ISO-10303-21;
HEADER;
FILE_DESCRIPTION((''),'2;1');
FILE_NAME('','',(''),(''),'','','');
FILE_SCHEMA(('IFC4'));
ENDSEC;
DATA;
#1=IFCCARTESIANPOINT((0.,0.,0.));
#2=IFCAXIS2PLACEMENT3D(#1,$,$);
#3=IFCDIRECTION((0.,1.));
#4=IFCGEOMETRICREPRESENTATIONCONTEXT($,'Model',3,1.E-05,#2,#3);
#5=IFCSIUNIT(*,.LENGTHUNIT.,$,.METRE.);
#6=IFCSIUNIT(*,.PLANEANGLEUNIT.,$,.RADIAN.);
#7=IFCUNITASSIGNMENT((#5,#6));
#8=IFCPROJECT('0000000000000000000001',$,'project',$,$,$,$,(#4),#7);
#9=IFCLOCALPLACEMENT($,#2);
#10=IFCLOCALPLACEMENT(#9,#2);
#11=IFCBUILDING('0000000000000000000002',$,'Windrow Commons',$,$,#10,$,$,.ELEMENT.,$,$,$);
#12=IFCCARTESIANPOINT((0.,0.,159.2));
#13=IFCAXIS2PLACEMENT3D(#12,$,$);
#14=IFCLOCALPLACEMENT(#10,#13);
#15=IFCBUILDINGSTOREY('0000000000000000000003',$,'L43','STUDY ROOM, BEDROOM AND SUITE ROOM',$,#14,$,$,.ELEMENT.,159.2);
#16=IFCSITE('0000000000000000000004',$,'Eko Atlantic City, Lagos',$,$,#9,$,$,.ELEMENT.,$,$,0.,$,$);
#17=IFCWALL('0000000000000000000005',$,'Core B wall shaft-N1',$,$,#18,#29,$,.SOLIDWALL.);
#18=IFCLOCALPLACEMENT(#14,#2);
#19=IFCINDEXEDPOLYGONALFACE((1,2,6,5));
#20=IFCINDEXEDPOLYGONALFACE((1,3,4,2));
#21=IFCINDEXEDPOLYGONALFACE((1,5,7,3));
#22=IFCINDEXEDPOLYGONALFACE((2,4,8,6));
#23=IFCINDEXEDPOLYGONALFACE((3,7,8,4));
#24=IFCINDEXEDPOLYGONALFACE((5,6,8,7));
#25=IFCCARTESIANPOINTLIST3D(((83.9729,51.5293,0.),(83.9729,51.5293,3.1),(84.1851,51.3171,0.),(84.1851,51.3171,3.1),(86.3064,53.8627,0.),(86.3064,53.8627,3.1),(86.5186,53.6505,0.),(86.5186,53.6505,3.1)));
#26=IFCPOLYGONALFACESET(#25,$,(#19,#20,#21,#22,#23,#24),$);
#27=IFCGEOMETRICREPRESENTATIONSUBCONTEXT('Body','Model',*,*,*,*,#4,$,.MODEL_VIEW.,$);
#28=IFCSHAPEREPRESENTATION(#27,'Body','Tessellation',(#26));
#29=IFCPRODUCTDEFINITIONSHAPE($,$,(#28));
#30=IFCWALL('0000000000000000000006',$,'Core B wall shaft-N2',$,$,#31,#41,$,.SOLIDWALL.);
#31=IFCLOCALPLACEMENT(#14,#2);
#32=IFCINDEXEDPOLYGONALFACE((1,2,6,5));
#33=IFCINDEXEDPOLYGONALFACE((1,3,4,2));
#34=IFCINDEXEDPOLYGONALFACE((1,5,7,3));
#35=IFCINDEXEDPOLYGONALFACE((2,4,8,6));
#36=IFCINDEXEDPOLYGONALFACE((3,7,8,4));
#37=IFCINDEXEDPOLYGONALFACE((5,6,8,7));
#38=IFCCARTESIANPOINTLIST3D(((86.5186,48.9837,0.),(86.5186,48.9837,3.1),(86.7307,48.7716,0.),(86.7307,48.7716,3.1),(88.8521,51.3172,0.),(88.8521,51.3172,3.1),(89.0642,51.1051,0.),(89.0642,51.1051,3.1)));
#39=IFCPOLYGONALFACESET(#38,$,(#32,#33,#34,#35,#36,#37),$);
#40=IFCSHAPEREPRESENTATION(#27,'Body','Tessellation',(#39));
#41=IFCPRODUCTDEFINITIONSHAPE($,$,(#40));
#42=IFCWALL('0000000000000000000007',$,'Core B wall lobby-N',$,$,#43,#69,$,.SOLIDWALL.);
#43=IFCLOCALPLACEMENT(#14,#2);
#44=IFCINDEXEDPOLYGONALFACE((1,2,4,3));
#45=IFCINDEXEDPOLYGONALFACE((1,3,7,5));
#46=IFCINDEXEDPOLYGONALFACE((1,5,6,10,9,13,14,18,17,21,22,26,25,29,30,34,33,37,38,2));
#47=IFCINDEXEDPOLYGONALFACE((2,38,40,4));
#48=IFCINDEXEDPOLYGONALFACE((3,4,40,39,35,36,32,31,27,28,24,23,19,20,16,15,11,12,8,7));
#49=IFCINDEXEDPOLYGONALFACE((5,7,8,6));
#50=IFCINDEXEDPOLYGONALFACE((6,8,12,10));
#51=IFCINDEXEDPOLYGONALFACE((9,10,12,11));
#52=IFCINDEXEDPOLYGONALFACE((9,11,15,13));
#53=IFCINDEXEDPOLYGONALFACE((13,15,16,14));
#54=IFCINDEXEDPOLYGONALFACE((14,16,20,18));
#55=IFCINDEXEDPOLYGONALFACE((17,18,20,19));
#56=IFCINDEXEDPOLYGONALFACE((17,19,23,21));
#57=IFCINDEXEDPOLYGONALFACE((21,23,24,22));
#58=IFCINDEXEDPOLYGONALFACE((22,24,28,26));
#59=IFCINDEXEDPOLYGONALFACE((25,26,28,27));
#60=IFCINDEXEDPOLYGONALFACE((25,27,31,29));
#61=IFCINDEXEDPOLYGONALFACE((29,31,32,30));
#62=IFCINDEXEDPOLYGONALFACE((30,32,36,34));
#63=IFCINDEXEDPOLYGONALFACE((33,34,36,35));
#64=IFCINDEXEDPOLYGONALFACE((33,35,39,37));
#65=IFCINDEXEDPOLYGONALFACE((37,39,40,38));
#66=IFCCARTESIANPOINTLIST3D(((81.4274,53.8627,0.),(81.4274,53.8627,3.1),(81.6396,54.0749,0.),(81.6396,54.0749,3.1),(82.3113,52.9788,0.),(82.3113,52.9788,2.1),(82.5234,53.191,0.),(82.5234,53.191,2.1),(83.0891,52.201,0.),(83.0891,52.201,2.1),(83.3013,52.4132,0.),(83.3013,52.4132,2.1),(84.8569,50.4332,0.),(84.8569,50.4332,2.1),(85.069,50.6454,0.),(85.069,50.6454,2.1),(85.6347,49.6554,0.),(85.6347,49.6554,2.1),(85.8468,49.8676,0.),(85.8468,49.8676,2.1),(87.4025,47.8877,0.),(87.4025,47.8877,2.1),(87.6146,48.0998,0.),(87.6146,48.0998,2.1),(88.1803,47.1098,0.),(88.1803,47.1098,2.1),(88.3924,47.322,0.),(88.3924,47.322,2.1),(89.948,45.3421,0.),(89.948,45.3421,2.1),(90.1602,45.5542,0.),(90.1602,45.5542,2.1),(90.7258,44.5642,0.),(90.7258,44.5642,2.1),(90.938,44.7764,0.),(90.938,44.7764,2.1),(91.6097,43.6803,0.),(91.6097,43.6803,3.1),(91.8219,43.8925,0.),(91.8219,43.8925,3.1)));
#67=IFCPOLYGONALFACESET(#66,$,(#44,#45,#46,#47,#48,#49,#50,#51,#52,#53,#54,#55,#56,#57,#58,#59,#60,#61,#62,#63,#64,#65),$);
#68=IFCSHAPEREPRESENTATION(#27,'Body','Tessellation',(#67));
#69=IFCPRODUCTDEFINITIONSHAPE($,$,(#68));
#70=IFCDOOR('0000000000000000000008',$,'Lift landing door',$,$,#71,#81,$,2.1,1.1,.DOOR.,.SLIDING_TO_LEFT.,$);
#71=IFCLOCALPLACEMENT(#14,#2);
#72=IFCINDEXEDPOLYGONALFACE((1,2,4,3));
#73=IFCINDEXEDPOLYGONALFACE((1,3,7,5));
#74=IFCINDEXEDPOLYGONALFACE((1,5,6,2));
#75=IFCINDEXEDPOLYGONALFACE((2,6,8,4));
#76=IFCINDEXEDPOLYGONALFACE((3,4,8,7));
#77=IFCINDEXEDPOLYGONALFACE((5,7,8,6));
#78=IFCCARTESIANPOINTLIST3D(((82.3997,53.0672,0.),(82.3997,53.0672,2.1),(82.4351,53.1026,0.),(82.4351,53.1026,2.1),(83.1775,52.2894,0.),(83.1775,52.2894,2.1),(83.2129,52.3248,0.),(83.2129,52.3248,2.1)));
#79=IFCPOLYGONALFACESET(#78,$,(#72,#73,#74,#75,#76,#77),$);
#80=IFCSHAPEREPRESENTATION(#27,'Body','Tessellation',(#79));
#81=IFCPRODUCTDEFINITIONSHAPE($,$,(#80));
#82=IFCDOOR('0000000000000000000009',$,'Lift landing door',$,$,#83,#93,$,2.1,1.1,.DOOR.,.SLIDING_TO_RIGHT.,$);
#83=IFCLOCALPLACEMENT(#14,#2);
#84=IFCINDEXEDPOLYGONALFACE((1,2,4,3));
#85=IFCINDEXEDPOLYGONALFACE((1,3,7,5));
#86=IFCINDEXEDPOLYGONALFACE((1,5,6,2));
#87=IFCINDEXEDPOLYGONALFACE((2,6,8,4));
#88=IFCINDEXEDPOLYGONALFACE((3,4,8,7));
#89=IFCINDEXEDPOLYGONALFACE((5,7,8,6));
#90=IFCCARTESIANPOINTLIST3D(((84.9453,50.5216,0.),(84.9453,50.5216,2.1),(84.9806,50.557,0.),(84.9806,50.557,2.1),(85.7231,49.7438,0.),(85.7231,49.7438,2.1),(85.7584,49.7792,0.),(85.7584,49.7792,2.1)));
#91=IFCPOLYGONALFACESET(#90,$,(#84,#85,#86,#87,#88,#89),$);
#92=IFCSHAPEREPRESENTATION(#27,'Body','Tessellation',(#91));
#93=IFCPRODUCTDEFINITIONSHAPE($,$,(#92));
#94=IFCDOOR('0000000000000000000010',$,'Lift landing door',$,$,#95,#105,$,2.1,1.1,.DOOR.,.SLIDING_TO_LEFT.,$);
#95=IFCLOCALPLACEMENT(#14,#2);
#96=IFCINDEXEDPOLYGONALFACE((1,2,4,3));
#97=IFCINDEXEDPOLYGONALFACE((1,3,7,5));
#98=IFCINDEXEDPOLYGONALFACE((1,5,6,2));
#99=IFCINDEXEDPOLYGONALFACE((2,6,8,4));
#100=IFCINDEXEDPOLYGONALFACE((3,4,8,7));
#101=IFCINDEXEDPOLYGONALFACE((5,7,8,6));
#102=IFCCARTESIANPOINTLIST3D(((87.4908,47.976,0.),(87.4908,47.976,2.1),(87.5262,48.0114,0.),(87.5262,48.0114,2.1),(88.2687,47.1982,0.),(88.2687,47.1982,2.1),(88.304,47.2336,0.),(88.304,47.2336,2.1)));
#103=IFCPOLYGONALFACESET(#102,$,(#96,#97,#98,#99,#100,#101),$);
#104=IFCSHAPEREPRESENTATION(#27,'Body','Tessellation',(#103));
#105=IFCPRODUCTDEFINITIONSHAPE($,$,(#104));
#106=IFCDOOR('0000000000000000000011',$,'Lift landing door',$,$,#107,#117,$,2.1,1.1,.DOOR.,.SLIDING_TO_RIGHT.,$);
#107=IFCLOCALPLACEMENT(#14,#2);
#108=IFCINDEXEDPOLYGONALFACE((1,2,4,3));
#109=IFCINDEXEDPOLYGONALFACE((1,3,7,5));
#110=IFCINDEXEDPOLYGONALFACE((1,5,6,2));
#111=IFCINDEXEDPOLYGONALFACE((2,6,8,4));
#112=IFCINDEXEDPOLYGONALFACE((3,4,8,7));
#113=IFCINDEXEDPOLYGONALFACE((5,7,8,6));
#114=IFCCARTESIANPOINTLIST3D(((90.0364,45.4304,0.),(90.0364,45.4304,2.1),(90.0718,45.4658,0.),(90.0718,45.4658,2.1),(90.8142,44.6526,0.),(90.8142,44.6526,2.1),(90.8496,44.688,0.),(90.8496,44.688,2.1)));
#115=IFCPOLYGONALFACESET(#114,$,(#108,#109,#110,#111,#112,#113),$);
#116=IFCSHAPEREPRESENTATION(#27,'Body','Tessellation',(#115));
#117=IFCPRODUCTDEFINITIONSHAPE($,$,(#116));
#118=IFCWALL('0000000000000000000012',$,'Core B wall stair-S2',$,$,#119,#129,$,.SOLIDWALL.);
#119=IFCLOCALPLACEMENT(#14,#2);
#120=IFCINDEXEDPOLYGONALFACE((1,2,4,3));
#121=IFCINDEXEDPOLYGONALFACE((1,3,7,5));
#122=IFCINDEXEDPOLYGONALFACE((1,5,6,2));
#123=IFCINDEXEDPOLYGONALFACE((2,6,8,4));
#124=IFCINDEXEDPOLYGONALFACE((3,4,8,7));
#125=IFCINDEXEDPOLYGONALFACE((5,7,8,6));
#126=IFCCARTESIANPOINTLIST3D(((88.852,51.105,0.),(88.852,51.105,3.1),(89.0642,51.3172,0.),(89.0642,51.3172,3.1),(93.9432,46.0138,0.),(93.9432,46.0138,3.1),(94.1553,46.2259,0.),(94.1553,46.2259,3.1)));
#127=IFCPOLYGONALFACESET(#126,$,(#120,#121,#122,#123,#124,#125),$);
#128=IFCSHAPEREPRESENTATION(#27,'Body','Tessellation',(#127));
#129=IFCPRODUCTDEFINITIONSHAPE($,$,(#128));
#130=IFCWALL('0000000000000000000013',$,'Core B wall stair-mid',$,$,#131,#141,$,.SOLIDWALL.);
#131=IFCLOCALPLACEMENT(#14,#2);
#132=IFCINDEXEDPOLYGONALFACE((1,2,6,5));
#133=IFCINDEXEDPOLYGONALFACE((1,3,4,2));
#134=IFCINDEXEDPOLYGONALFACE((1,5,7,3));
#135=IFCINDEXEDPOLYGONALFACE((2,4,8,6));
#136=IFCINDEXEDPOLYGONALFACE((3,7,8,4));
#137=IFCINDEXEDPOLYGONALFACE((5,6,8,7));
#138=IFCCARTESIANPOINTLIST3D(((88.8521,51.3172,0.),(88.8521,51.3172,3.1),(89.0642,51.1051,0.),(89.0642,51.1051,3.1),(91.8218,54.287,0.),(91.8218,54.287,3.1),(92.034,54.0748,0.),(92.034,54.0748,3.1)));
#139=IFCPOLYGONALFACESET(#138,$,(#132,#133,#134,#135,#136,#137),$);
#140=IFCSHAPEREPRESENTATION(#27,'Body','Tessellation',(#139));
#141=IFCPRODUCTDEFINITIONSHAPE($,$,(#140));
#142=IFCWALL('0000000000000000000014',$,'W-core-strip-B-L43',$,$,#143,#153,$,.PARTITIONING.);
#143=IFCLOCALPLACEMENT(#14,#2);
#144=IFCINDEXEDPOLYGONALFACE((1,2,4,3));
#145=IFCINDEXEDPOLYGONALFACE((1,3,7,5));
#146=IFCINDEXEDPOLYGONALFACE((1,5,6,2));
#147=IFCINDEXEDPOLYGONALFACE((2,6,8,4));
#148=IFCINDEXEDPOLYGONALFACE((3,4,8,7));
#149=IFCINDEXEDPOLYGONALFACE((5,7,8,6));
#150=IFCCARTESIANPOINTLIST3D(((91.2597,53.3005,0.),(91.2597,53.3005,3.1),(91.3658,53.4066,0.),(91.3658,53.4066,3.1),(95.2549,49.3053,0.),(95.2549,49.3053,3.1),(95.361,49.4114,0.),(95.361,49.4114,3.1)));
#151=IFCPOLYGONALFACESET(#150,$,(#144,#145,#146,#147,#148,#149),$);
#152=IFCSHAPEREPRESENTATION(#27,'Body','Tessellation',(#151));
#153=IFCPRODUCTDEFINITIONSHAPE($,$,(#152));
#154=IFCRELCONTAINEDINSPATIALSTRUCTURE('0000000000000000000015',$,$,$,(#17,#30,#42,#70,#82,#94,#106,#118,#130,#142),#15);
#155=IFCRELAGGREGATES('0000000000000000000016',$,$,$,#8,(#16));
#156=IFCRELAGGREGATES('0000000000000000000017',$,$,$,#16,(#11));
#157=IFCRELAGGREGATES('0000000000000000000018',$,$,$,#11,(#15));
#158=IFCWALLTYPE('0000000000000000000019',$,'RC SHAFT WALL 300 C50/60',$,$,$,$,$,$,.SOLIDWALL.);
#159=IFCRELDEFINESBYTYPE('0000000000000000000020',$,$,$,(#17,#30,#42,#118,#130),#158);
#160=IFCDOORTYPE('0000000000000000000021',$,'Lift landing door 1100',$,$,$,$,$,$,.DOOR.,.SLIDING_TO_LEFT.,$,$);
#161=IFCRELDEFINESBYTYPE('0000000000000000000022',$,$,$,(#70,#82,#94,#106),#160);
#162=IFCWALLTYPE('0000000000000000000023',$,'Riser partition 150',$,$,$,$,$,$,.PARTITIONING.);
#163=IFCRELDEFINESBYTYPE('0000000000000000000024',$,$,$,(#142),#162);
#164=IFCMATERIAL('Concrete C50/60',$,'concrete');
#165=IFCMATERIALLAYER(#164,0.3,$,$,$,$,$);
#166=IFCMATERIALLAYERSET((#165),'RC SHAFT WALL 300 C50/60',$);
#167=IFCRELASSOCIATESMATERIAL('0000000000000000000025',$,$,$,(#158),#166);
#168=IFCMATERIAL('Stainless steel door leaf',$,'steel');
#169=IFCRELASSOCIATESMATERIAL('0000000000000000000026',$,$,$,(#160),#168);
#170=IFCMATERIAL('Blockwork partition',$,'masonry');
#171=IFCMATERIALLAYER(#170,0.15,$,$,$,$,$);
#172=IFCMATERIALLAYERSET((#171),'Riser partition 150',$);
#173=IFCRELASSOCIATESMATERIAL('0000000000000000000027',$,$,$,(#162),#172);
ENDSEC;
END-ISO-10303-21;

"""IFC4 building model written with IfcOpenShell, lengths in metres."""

from ifc_helpers import new_model, si_unit, direction, frame, frame_2d, origin, place, context, subcontext, project, spatial, rectangle, extrude, material, layer, layer_set, type_object, element, fill, save


model = new_model("IFC4")

# Units and contexts
model_context = context("Model", 3, precision=1e-05, world=origin(), true_north=direction((0.0, 1.0)))
body_context = subcontext(model_context, "Body", "Model", "MODEL_VIEW")
ifc_project = project(units=[si_unit("LENGTHUNIT", "METRE"), si_unit("PLANEANGLEUNIT", "RADIAN")], contexts=[model_context])

# Site, building, storey
site_placement = place(None, origin())
site = spatial("IfcSite", under=ifc_project, at=site_placement, Name="Eko Atlantic City, Lagos", CompositionType="ELEMENT", RefElevation=0.0)
building_placement = place(site_placement, origin())
building = spatial("IfcBuilding", under=site, at=building_placement, Name="Windrow Commons", CompositionType="ELEMENT")
storey_placement = place(building_placement, frame((0.0, 0.0, 159.2)))
storey = spatial("IfcBuildingStorey", under=building, at=storey_placement, Name="L43", Description="STUDY ROOM, BEDROOM AND SUITE ROOM", CompositionType="ELEMENT", Elevation=159.2)

# Walls
ifc_material_1 = material(Name="Concrete C50/60", Category="concrete")
ifc_layer_1 = layer(ifc_material_1, 0.3)
ifc_layer_set_1 = layer_set([ifc_layer_1], Name="RC SHAFT WALL 300 C50/60")
wall_type_1 = type_object("IfcWallType", Name="RC SHAFT WALL 300 C50/60", PredefinedType="SOLIDWALL", material=ifc_layer_set_1)
wall_1_placement = place(storey_placement, frame((84.079, 51.4232, 0.0), z_axis=(0.0, 0.0, 1.0), x_axis=(0.707122, 0.707092, 0.0)))
element("IfcWall", 1, at=wall_1_placement, inside=storey, type_object=wall_type_1, Name="Core B wall shaft-N1", PredefinedType="SOLIDWALL", context=body_context, shape_type="SweptSolid", body=[
    extrude(rectangle(XDim=3.3, YDim=0.3, at=frame_2d((1.65, 0.0))), origin(), (0.0, 0.0, 1.0), 3.1),
])
wall_2_placement = place(storey_placement, frame((86.6246, 48.8776, 0.0), z_axis=(0.0, 0.0, 1.0), x_axis=(0.707107, 0.707107, 0.0)))
element("IfcWall", 2, at=wall_2_placement, inside=storey, type_object=wall_type_1, Name="Core B wall shaft-N2", PredefinedType="SOLIDWALL", context=body_context, shape_type="SweptSolid", body=[
    extrude(rectangle(XDim=3.3001, YDim=0.3, at=frame_2d((1.6501, 0.0))), origin(), (0.0, 0.0, 1.0), 3.1),
])

# Wall, openings, doors
wall_3_placement = place(storey_placement, frame((81.5335, 53.9688, 0.0), z_axis=(0.0, 0.0, 1.0), x_axis=(0.707103, -0.70711, 0.0)))
wall_3 = element("IfcWall", 3, at=wall_3_placement, inside=storey, type_object=wall_type_1, Name="Core B wall lobby-N", PredefinedType="SOLIDWALL", context=body_context, shape_type="SweptSolid", body=[
    extrude(rectangle(XDim=14.4, YDim=0.3, at=frame_2d((7.2, 0.0))), origin(), (0.0, 0.0, 1.0), 3.1),
])
opening_1_placement = place(wall_3_placement, frame((1.25, 0.0, 0.0)))
opening_1 = element("IfcOpeningElement", 4, at=opening_1_placement, cuts=wall_3, PredefinedType="OPENING", context=body_context, shape_type="SweptSolid", body=[
    extrude(rectangle(XDim=1.1, YDim=2.1, at=frame_2d((0.55, 1.05))), frame((0.0, 0.16, 0.0), z_axis=(0.0, -1.0, 0.0), x_axis=(1.0, 0.0, 0.0)), (0.0, 0.0, 1.0), 0.32),
])
opening_2_placement = place(wall_3_placement, frame((4.85, 0.0, 0.0)))
opening_2 = element("IfcOpeningElement", 5, at=opening_2_placement, cuts=wall_3, PredefinedType="OPENING", context=body_context, shape_type="SweptSolid", body=[
    extrude(rectangle(XDim=1.1, YDim=2.1, at=frame_2d((0.55, 1.05))), frame((0.0, 0.16, 0.0), z_axis=(0.0, -1.0, 0.0), x_axis=(1.0, 0.0, 0.0)), (0.0, 0.0, 1.0), 0.32),
])
opening_3_placement = place(wall_3_placement, frame((8.45, 0.0, 0.0)))
opening_3 = element("IfcOpeningElement", 6, at=opening_3_placement, cuts=wall_3, PredefinedType="OPENING", context=body_context, shape_type="SweptSolid", body=[
    extrude(rectangle(XDim=1.1, YDim=2.1, at=frame_2d((0.55, 1.05))), frame((0.0, 0.16, 0.0), z_axis=(0.0, -1.0, 0.0), x_axis=(1.0, 0.0, 0.0)), (0.0, 0.0, 1.0), 0.32),
])
opening_4_placement = place(wall_3_placement, frame((12.05, 0.0, 0.0)))
opening_4 = element("IfcOpeningElement", 7, at=opening_4_placement, cuts=wall_3, PredefinedType="OPENING", context=body_context, shape_type="SweptSolid", body=[
    extrude(rectangle(XDim=1.1, YDim=2.1, at=frame_2d((0.55, 1.05))), frame((0.0, 0.16, 0.0), z_axis=(0.0, -1.0, 0.0), x_axis=(1.0, 0.0, 0.0)), (0.0, 0.0, 1.0), 0.32),
])
ifc_material_2 = material(Name="Stainless steel door leaf", Category="steel")
door_type = type_object("IfcDoorType", Name="Lift landing door 1100", OperationType="SLIDING_TO_LEFT", PredefinedType="DOOR", material=ifc_material_2)
door_1_placement = place(opening_1_placement, origin())
door_1 = element("IfcDoor", 8, at=door_1_placement, inside=storey, type_object=door_type, Name="Lift landing door", OperationType="SLIDING_TO_LEFT", OverallHeight=2.1, OverallWidth=1.1, PredefinedType="DOOR", context=body_context, shape_type="SweptSolid", body=[
    extrude(rectangle(XDim=1.1, YDim=2.1, at=frame_2d((0.55, 1.05))), frame((0.0, 0.025, 0.0), z_axis=(0.0, -1.0, 0.0), x_axis=(1.0, 0.0, 0.0)), (0.0, 0.0, 1.0), 0.05),
])
fill(opening_1, door_1)
door_2_placement = place(opening_2_placement, origin())
door_2 = element("IfcDoor", 9, at=door_2_placement, inside=storey, type_object=door_type, Name="Lift landing door", OperationType="SLIDING_TO_RIGHT", OverallHeight=2.1, OverallWidth=1.1, PredefinedType="DOOR", context=body_context, shape_type="SweptSolid", body=[
    extrude(rectangle(XDim=1.1, YDim=2.1, at=frame_2d((0.55, 1.05))), frame((0.0, 0.025, 0.0), z_axis=(0.0, -1.0, 0.0), x_axis=(1.0, 0.0, 0.0)), (0.0, 0.0, 1.0), 0.05),
])
fill(opening_2, door_2)
door_3_placement = place(opening_3_placement, origin())
door_3 = element("IfcDoor", 10, at=door_3_placement, inside=storey, type_object=door_type, Name="Lift landing door", OperationType="SLIDING_TO_LEFT", OverallHeight=2.1, OverallWidth=1.1, PredefinedType="DOOR", context=body_context, shape_type="SweptSolid", body=[
    extrude(rectangle(XDim=1.1, YDim=2.1, at=frame_2d((0.55, 1.05))), frame((0.0, 0.025, 0.0), z_axis=(0.0, -1.0, 0.0), x_axis=(1.0, 0.0, 0.0)), (0.0, 0.0, 1.0), 0.05),
])
fill(opening_3, door_3)
door_4_placement = place(opening_4_placement, origin())
door_4 = element("IfcDoor", 11, at=door_4_placement, inside=storey, type_object=door_type, Name="Lift landing door", OperationType="SLIDING_TO_RIGHT", OverallHeight=2.1, OverallWidth=1.1, PredefinedType="DOOR", context=body_context, shape_type="SweptSolid", body=[
    extrude(rectangle(XDim=1.1, YDim=2.1, at=frame_2d((0.55, 1.05))), frame((0.0, 0.025, 0.0), z_axis=(0.0, -1.0, 0.0), x_axis=(1.0, 0.0, 0.0)), (0.0, 0.0, 1.0), 0.05),
])
fill(opening_4, door_4)

# Walls
wall_4_placement = place(storey_placement, frame((88.9581, 51.2111, 0.0), z_axis=(0.0, 0.0, 1.0), x_axis=(0.7071, -0.707114, 0.0)))
element("IfcWall", 12, at=wall_4_placement, inside=storey, type_object=wall_type_1, Name="Core B wall stair-S2", PredefinedType="SOLIDWALL", context=body_context, shape_type="SweptSolid", body=[
    extrude(rectangle(XDim=7.2, YDim=0.3, at=frame_2d((3.6, 0.0))), origin(), (0.0, 0.0, 1.0), 3.1),
])
wall_5_placement = place(storey_placement, frame((88.9581, 51.2111, 0.0), z_axis=(0.0, 0.0, 1.0), x_axis=(0.707107, 0.707107, 0.0)))
element("IfcWall", 13, at=wall_5_placement, inside=storey, type_object=wall_type_1, Name="Core B wall stair-mid", PredefinedType="SOLIDWALL", context=body_context, shape_type="SweptSolid", body=[
    extrude(rectangle(XDim=4.1999, YDim=0.3, at=frame_2d((2.1, 0.0))), origin(), (0.0, 0.0, 1.0), 3.1),
])
ifc_material_3 = material(Name="Blockwork partition", Category="masonry")
ifc_layer_2 = layer(ifc_material_3, 0.15)
ifc_layer_set_2 = layer_set([ifc_layer_2], Name="Riser partition 150")
wall_type_2 = type_object("IfcWallType", Name="Riser partition 150", PredefinedType="PARTITIONING", material=ifc_layer_set_2)
wall_6_placement = place(storey_placement, frame((91.3127, 53.3536, 0.0), z_axis=(0.0, 0.0, 1.0), x_axis=(0.707107, -0.707107, 0.0)))
element("IfcWall", 14, at=wall_6_placement, inside=storey, type_object=wall_type_2, Name="W-core-strip-B-L43", PredefinedType="PARTITIONING", context=body_context, shape_type="SweptSolid", body=[
    extrude(rectangle(XDim=5.6501, YDim=0.15, at=frame_2d((2.8251, 0.0))), origin(), (0.0, 0.0, 1.0), 3.1),
])

save(model, "model.ifc")
